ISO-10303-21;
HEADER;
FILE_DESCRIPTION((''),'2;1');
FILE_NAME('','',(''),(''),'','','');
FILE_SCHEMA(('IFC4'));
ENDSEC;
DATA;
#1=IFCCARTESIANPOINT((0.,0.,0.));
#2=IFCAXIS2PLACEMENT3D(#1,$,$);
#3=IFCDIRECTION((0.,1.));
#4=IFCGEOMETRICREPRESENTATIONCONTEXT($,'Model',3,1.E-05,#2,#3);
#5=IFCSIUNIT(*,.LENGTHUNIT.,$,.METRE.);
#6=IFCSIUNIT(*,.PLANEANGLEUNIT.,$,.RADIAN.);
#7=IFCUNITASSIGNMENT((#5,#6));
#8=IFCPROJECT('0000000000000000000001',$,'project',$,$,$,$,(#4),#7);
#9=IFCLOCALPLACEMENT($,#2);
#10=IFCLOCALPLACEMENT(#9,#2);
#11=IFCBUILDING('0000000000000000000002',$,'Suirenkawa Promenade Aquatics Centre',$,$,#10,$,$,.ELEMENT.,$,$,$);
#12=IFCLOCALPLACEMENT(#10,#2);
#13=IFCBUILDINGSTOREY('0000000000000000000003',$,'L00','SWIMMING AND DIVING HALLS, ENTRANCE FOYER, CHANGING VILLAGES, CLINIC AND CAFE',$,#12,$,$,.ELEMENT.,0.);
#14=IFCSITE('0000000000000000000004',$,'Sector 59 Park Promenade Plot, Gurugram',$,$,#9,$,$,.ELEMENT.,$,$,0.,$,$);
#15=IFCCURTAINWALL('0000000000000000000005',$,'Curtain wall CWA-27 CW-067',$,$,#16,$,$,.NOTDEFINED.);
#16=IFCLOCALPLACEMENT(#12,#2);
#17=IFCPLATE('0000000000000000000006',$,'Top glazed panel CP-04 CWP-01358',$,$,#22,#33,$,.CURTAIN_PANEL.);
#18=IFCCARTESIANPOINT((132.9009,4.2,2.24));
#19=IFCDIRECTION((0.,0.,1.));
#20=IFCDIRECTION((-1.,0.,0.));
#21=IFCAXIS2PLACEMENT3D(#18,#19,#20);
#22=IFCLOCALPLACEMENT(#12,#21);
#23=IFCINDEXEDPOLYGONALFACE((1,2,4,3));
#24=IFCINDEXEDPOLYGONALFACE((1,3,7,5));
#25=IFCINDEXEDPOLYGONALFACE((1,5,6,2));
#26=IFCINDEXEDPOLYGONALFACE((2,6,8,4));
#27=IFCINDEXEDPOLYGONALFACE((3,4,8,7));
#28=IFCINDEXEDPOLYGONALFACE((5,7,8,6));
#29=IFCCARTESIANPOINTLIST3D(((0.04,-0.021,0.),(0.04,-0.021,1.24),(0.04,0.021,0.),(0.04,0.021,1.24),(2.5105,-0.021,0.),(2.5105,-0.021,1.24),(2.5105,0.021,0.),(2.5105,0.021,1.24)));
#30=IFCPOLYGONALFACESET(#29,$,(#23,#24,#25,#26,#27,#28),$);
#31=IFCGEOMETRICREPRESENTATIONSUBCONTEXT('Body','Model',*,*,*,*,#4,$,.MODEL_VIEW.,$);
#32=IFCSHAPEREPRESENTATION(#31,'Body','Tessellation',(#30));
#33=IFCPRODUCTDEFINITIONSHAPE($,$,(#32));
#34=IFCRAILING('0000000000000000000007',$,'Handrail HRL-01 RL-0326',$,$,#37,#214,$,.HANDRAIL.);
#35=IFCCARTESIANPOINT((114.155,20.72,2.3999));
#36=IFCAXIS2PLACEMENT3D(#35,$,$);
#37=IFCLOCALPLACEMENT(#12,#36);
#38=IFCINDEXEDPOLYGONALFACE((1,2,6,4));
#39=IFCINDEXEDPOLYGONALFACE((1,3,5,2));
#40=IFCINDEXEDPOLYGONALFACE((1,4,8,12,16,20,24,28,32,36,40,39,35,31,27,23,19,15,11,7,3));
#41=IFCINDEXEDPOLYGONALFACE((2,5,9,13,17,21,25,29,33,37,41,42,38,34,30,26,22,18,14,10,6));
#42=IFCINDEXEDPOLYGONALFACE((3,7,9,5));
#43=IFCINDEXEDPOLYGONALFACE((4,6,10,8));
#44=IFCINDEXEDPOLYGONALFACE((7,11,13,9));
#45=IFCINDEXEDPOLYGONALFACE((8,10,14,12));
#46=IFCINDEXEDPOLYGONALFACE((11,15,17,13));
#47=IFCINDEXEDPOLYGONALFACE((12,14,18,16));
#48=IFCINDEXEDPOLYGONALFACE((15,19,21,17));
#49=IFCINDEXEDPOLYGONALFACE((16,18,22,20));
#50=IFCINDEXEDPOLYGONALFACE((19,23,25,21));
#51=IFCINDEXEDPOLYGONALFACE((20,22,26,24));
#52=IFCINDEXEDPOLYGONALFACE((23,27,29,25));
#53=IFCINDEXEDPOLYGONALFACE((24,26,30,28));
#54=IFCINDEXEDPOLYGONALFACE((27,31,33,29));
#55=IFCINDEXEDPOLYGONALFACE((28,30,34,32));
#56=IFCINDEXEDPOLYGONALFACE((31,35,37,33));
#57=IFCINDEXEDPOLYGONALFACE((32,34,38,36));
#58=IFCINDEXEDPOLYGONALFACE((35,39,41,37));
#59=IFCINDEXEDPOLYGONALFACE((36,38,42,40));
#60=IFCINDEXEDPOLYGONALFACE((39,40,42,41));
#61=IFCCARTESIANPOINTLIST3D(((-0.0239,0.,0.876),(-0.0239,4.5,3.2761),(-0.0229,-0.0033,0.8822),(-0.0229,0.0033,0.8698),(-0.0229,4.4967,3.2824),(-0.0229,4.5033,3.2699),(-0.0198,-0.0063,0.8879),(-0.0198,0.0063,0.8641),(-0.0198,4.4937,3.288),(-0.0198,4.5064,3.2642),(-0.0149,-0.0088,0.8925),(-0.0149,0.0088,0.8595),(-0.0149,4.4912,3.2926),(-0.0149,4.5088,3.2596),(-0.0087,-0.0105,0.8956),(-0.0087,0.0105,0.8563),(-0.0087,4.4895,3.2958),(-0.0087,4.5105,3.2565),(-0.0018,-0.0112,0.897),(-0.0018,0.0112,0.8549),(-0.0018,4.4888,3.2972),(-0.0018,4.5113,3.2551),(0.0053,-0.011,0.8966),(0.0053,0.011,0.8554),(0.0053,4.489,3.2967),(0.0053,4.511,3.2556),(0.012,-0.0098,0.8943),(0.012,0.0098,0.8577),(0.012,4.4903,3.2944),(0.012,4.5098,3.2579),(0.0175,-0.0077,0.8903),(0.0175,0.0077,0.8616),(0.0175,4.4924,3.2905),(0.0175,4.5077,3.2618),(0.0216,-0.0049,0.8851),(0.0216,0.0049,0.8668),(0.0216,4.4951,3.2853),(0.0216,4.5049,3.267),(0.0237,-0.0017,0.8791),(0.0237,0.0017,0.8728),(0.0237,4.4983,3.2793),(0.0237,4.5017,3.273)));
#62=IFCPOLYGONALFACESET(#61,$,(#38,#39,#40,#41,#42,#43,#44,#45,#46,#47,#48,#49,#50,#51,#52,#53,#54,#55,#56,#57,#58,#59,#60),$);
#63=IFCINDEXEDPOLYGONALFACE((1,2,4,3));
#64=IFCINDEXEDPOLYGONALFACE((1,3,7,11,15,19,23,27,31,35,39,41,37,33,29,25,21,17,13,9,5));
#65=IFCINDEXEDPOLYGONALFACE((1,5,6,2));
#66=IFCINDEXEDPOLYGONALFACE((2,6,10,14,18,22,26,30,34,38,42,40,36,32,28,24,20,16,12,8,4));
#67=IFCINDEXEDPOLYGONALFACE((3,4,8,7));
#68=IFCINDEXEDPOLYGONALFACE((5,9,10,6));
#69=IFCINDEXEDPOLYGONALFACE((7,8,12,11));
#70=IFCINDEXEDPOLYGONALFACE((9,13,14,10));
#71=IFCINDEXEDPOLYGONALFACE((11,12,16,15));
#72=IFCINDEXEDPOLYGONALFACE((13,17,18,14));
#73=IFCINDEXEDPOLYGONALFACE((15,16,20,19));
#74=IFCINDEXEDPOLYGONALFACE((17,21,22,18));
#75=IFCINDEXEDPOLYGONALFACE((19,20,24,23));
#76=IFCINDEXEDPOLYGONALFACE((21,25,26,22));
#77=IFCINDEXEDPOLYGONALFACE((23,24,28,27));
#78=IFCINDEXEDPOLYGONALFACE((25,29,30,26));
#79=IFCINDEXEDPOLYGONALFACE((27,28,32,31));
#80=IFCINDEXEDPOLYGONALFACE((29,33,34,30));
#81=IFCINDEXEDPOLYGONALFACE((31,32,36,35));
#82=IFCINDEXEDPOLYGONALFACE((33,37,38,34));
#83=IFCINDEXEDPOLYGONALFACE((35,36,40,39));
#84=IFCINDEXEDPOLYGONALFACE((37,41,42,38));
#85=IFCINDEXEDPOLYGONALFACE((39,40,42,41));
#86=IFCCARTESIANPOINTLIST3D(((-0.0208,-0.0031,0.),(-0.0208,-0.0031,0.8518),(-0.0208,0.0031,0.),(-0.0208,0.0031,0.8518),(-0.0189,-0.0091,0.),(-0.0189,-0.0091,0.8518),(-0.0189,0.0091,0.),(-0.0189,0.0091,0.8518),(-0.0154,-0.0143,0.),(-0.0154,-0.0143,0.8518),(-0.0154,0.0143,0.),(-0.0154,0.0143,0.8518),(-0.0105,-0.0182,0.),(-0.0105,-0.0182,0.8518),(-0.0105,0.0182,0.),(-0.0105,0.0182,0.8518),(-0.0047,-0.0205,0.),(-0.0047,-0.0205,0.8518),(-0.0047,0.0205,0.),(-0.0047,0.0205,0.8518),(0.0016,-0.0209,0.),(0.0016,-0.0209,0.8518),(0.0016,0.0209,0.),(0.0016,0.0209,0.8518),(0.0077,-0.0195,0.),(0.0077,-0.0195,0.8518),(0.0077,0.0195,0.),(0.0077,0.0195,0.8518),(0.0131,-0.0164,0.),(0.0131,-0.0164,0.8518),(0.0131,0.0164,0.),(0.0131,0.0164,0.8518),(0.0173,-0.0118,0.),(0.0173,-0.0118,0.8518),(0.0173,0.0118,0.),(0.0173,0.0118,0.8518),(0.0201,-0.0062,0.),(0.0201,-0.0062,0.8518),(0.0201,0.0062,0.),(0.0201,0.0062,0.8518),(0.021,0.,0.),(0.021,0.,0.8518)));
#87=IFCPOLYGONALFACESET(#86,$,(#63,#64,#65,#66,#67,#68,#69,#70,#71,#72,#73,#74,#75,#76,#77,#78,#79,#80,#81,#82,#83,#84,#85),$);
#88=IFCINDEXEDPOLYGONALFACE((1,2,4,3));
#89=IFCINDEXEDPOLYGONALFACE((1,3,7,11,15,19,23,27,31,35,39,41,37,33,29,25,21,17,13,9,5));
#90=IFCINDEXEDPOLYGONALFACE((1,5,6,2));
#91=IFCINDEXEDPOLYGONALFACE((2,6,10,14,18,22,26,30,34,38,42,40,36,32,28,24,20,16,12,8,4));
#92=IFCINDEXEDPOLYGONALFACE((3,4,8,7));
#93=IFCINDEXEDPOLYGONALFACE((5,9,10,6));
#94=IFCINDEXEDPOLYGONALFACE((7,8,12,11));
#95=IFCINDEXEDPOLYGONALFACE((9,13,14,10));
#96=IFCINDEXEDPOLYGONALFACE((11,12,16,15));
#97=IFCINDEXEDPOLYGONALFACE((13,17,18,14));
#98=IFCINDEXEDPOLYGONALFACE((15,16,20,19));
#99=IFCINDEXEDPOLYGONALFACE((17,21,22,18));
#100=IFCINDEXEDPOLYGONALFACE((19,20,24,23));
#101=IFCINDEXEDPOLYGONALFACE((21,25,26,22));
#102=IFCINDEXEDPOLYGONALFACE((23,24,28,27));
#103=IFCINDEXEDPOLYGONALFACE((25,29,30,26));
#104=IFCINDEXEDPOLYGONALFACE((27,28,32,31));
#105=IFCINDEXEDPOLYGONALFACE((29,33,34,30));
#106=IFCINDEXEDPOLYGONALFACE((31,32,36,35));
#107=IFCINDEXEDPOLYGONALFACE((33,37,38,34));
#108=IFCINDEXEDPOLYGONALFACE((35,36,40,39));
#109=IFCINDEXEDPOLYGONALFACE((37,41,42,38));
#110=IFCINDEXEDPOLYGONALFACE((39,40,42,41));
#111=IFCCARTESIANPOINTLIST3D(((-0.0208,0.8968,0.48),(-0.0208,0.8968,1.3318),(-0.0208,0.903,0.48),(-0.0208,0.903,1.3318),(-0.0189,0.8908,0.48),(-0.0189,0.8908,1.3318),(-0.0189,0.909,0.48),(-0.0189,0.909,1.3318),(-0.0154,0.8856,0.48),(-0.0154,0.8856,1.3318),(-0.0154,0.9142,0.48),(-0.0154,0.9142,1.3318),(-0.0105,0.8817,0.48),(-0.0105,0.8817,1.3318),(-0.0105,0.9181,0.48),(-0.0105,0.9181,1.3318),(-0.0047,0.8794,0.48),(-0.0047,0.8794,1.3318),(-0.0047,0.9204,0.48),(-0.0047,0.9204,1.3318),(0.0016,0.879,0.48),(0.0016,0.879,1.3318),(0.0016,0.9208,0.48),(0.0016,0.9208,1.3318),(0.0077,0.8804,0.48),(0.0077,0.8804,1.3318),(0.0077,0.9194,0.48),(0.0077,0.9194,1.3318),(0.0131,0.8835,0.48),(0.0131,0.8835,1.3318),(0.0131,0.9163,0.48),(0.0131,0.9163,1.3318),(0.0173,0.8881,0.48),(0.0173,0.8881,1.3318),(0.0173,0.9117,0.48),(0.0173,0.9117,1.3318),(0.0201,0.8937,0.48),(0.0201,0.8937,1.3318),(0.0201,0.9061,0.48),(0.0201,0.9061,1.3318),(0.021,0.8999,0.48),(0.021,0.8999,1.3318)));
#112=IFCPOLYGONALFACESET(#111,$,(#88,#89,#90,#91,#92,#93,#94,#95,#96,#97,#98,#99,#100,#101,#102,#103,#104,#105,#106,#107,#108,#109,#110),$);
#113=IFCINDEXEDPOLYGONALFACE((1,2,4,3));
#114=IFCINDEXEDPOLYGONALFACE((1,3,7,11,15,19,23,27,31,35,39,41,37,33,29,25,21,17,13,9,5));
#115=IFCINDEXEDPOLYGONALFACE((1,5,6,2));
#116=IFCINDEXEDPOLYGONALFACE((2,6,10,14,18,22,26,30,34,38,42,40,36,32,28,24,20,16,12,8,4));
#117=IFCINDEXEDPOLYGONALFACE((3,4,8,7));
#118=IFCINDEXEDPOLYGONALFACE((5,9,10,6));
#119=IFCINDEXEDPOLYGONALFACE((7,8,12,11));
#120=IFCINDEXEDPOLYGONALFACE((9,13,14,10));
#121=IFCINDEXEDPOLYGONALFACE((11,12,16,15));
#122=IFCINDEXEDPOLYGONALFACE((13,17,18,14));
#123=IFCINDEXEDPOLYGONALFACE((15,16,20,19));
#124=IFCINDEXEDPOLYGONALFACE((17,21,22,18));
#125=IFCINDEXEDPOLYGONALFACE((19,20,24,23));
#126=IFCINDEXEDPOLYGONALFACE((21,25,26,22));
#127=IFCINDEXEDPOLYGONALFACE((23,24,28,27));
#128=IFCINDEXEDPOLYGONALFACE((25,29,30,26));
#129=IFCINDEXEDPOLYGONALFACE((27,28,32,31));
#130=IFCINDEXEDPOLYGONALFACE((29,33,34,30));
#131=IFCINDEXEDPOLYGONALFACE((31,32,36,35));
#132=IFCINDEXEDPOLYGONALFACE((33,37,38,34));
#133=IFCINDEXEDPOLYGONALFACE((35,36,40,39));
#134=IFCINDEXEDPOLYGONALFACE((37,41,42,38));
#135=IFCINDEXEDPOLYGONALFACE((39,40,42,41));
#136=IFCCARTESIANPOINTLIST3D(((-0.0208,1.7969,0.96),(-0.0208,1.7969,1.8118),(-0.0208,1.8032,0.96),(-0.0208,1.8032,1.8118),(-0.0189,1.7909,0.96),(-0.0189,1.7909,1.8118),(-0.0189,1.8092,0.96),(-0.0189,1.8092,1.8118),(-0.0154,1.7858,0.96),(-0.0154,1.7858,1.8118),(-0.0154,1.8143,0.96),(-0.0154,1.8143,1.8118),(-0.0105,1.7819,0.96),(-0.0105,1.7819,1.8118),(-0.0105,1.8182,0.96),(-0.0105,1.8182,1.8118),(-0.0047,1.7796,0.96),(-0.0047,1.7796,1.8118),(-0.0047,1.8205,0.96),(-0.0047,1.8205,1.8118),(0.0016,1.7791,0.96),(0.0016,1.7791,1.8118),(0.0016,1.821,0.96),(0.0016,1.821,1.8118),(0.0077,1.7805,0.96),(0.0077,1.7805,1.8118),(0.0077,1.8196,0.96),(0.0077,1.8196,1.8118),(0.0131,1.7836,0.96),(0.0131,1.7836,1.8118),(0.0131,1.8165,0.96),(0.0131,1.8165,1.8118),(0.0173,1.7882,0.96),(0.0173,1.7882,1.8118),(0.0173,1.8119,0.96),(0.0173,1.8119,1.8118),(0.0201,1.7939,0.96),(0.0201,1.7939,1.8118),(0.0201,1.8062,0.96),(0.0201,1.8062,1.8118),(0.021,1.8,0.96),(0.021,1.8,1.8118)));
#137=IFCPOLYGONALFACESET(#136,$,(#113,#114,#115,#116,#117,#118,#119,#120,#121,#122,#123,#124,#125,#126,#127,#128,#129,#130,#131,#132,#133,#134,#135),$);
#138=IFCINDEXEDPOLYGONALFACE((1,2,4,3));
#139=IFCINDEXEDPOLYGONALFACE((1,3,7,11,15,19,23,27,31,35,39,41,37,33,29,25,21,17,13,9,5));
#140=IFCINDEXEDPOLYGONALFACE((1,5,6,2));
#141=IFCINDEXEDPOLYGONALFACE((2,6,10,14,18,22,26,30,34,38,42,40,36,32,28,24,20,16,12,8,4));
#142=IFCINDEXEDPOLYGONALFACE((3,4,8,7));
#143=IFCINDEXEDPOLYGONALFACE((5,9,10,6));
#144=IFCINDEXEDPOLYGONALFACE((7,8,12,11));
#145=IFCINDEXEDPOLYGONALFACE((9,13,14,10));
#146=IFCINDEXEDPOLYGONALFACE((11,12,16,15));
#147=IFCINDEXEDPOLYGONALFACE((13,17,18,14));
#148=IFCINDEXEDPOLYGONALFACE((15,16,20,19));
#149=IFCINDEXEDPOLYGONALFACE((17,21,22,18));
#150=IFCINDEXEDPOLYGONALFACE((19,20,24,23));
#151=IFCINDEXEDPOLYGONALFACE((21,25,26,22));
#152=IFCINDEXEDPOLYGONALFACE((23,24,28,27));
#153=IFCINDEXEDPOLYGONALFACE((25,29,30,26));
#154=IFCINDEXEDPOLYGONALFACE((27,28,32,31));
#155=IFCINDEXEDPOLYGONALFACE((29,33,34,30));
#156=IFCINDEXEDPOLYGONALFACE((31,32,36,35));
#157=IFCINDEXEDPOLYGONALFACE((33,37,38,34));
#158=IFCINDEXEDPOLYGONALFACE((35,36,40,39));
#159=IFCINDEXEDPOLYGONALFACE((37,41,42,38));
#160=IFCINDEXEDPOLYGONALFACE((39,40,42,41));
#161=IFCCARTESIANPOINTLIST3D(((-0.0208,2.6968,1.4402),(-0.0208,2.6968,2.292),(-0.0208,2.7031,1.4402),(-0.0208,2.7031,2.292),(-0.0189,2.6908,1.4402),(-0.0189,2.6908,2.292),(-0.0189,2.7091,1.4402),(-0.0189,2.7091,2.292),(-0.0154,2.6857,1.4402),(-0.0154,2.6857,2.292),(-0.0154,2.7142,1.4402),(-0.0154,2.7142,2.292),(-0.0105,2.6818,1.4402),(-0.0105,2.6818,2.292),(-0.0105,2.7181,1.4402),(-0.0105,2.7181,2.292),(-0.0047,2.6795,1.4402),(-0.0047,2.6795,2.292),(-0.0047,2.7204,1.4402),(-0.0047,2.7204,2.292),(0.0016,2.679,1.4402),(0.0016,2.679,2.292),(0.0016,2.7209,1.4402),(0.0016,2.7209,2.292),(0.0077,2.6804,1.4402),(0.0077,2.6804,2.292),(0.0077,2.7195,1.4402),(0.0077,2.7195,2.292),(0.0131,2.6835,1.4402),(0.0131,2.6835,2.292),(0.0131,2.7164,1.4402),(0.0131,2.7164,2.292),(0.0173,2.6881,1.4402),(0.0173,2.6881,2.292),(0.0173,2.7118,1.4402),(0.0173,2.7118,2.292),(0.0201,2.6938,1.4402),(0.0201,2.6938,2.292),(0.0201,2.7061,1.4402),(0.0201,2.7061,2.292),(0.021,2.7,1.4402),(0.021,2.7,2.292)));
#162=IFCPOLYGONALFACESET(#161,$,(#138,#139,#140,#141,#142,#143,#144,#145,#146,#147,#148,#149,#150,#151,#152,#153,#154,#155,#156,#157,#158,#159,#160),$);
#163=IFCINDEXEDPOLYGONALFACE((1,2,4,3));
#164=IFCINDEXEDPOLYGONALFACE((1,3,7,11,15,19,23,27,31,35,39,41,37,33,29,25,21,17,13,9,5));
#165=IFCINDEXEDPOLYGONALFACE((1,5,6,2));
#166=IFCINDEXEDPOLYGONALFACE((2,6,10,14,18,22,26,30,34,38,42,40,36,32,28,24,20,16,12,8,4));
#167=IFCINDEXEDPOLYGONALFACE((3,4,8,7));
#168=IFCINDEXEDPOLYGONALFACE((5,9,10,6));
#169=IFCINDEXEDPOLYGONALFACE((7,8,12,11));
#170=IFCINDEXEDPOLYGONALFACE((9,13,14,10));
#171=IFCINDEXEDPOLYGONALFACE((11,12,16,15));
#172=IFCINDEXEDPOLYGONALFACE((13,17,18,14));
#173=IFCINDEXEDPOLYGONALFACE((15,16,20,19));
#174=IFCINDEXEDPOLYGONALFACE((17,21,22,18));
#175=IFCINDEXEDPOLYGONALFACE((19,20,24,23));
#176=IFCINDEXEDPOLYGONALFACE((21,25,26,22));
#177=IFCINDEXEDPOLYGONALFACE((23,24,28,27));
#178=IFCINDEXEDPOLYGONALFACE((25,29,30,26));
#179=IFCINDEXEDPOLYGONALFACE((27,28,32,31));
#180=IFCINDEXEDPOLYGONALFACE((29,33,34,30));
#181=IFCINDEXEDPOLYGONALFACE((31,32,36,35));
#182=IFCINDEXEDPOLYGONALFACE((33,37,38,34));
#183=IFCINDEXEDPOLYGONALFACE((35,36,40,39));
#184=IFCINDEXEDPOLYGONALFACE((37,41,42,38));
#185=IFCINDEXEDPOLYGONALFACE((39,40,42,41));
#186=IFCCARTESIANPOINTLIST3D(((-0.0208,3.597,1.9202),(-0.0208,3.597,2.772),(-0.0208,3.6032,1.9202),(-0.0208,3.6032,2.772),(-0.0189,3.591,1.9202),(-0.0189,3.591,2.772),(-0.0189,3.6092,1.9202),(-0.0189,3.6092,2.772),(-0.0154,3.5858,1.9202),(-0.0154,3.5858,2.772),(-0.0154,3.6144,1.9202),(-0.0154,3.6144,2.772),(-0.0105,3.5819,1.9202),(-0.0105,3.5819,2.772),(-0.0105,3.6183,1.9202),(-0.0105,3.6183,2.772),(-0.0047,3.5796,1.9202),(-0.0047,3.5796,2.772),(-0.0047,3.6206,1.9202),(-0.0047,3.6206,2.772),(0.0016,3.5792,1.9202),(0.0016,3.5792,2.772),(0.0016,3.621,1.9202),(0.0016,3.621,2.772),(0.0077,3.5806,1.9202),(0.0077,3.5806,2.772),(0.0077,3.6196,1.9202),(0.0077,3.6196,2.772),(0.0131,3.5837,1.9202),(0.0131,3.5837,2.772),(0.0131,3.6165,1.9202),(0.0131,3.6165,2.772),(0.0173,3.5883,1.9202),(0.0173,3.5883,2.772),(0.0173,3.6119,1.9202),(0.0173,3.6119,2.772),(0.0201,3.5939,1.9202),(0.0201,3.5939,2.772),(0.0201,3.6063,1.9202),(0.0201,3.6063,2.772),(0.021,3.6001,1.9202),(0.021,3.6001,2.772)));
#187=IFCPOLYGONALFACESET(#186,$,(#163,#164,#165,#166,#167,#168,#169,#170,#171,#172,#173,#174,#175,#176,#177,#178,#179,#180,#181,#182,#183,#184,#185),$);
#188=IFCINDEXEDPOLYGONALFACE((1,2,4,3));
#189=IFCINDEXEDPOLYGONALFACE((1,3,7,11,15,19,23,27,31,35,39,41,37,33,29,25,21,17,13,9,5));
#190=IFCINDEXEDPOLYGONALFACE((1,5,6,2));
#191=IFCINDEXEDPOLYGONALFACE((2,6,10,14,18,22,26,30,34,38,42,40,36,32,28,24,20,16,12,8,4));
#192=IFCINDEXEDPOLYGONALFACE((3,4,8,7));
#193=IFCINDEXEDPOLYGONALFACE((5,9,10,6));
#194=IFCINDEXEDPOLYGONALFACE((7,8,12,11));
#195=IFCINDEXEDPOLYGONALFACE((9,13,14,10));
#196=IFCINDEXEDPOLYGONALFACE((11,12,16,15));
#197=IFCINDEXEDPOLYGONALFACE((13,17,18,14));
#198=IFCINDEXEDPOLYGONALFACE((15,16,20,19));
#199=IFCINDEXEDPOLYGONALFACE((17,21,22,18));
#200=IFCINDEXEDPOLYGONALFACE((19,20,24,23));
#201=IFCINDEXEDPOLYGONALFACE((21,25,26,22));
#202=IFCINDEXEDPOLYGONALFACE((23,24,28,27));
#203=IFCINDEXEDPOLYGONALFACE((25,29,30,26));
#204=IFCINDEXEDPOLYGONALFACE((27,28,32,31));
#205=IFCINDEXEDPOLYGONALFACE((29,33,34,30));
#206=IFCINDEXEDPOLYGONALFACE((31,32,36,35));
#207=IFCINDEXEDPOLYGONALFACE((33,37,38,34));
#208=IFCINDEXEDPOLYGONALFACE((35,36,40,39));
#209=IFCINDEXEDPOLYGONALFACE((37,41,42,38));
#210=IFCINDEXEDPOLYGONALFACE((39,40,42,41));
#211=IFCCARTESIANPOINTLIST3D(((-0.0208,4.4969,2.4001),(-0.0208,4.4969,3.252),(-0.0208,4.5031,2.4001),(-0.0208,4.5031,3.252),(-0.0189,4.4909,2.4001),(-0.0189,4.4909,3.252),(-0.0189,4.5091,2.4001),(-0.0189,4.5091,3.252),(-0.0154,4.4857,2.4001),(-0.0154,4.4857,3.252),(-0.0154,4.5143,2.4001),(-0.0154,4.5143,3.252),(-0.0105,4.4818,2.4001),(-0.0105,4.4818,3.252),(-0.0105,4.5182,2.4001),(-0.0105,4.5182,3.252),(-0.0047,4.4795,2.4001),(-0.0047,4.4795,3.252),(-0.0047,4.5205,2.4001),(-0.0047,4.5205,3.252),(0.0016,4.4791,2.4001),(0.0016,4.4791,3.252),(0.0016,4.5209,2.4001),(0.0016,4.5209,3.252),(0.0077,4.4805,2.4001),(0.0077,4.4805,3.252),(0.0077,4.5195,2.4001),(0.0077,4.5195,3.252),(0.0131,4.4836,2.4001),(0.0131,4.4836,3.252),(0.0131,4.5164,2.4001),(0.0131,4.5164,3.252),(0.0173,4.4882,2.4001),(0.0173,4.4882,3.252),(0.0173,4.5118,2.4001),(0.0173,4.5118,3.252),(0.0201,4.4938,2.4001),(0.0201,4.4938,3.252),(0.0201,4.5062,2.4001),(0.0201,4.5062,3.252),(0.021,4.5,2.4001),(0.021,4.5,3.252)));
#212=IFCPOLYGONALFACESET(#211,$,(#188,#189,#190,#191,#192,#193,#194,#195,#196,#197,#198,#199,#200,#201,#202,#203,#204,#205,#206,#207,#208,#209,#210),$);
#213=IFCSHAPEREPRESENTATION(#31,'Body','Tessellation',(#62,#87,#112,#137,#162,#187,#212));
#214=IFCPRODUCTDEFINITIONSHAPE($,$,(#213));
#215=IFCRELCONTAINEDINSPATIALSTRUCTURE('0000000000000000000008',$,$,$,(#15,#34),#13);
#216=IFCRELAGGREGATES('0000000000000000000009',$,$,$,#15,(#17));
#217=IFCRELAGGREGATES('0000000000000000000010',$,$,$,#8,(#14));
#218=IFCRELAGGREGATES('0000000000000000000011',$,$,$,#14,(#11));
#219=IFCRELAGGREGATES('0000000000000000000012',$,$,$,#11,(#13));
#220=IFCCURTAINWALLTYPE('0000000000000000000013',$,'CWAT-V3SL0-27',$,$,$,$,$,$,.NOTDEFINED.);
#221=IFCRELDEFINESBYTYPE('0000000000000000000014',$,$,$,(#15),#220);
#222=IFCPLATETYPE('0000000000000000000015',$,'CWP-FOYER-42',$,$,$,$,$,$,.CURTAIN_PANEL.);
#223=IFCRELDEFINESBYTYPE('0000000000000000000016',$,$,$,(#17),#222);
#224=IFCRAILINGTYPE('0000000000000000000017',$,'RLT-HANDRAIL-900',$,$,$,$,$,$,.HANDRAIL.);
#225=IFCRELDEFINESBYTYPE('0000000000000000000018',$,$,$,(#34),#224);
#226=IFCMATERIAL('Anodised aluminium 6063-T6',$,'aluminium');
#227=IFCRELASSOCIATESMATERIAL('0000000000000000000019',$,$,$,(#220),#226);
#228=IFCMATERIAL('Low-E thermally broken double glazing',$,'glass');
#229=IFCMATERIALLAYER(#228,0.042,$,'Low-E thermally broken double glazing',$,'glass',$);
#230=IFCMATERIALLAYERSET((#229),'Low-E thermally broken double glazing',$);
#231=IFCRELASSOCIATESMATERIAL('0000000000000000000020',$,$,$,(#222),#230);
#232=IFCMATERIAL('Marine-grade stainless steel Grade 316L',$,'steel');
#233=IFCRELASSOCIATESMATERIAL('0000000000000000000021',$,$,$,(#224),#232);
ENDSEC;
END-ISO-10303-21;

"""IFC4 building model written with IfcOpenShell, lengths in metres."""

from ifc_helpers import new_model, si_unit, direction, frame, origin, origin_2d, place, context, subcontext, project, spatial, polyline, circle, outline, extrude, material, layer, layer_set, type_object, element, aggregate, save


model = new_model("IFC4")

# Units and contexts
model_context = context("Model", 3, precision=1e-05, world=origin(), true_north=direction((0.0, 1.0)))
body_context = subcontext(model_context, "Body", "Model", "MODEL_VIEW")
ifc_project = project(units=[si_unit("LENGTHUNIT", "METRE"), si_unit("PLANEANGLEUNIT", "RADIAN")], contexts=[model_context])

# Site, building, storey
site_placement = place(None, origin())
site = spatial("IfcSite", under=ifc_project, at=site_placement, Name="Sector 59 Park Promenade Plot, Gurugram", CompositionType="ELEMENT", RefElevation=0.0)
building_placement = place(site_placement, origin())
building = spatial("IfcBuilding", under=site, at=building_placement, Name="Suirenkawa Promenade Aquatics Centre", CompositionType="ELEMENT")
storey_placement = place(building_placement, origin())
storey = spatial("IfcBuildingStorey", under=building, at=storey_placement, Name="L00", Description="SWIMMING AND DIVING HALLS, ENTRANCE FOYER, CHANGING VILLAGES, CLINIC AND CAFE", CompositionType="ELEMENT", Elevation=0.0)

# Shared definitions
ifc_material_1 = material(Name="Anodised aluminium 6063-T6", Category="aluminium")

# Curtain wall, plate
curtain_wall_type_1 = type_object("IfcCurtainWallType", Name="CWAT-V3SL0-27", PredefinedType="NOTDEFINED", material=ifc_material_1)
curtain_wall_1_placement = place(storey_placement, origin())
curtain_wall_1 = element("IfcCurtainWall", 1, at=curtain_wall_1_placement, inside=storey, type_object=curtain_wall_type_1, Name="Curtain wall CWA-27 CW-067", PredefinedType="NOTDEFINED")
ifc_material_2 = material(Name="Low-E thermally broken double glazing", Category="glass")
ifc_layer_1 = layer(ifc_material_2, 0.042, Name="Low-E thermally broken double glazing", Category="glass")
ifc_layer_set_1 = layer_set([ifc_layer_1], Name="Low-E thermally broken double glazing")
plate_type = type_object("IfcPlateType", Name="CWP-FOYER-42", PredefinedType="CURTAIN_PANEL", material=ifc_layer_set_1)
plate_1_placement = place(storey_placement, frame((132.9009, 4.2, 2.24), z_axis=(0.0, 0.0, 1.0), x_axis=(-1.0, 0.0, 0.0)))
plate_1 = element("IfcPlate", 2, at=plate_1_placement, type_object=plate_type, Name="Top glazed panel CP-04 CWP-01358", PredefinedType="CURTAIN_PANEL", context=body_context, shape_type="SweptSolid", body=[
    extrude(outline(polyline([(0.04, 0.0), (2.5105, 0.0), (2.5105, 1.24), (0.04, 1.24), (0.04, 0.0)])), frame((0.0, 0.021, 0.0), z_axis=(0.0, -1.0, 0.0), x_axis=(1.0, 0.0, 0.0)), (0.0, 0.0, 1.0), 0.042),
])
aggregate(curtain_wall_1, [plate_1])

# Railing
ifc_material_3 = material(Name="Marine-grade stainless steel Grade 316L", Category="steel")
railing_type_1 = type_object("IfcRailingType", Name="RLT-HANDRAIL-900", PredefinedType="HANDRAIL", material=ifc_material_3)
for number, where, name in (
    (3, (114.155, 20.72, 2.3999), "Handrail HRL-01 RL-0326"),
):
    element("IfcRailing", number, at=place(storey_placement, frame(where)), inside=storey, type_object=railing_type_1, Name=name, PredefinedType="HANDRAIL", context=body_context, shape_type="SweptSolid", body=[
        extrude(circle(Radius=0.0239, at=origin_2d()), frame((0.0, 0.0, 0.876), z_axis=(0.0, 0.882341, 0.470611), x_axis=(-1.0, 0.0, 0.0)), (0.0, 0.0, 1.0), 5.1001),
        extrude(circle(Radius=0.021, at=origin_2d()), origin(), (0.0, 0.0, 1.0), 0.8518),
        extrude(circle(Radius=0.021, at=origin_2d()), frame((0.0, 0.8999, 0.48)), (0.0, 0.0, 1.0), 0.8518),
        extrude(circle(Radius=0.021, at=origin_2d()), frame((0.0, 1.8, 0.96)), (0.0, 0.0, 1.0), 0.8518),
        extrude(circle(Radius=0.021, at=origin_2d()), frame((0.0, 2.7, 1.4402)), (0.0, 0.0, 1.0), 0.8518),
        extrude(circle(Radius=0.021, at=origin_2d()), frame((0.0, 3.6001, 1.9202)), (0.0, 0.0, 1.0), 0.8518),
        extrude(circle(Radius=0.021, at=origin_2d()), frame((0.0, 4.5, 2.4001)), (0.0, 0.0, 1.0), 0.8518),
    ])

save(model, "model.ifc")
